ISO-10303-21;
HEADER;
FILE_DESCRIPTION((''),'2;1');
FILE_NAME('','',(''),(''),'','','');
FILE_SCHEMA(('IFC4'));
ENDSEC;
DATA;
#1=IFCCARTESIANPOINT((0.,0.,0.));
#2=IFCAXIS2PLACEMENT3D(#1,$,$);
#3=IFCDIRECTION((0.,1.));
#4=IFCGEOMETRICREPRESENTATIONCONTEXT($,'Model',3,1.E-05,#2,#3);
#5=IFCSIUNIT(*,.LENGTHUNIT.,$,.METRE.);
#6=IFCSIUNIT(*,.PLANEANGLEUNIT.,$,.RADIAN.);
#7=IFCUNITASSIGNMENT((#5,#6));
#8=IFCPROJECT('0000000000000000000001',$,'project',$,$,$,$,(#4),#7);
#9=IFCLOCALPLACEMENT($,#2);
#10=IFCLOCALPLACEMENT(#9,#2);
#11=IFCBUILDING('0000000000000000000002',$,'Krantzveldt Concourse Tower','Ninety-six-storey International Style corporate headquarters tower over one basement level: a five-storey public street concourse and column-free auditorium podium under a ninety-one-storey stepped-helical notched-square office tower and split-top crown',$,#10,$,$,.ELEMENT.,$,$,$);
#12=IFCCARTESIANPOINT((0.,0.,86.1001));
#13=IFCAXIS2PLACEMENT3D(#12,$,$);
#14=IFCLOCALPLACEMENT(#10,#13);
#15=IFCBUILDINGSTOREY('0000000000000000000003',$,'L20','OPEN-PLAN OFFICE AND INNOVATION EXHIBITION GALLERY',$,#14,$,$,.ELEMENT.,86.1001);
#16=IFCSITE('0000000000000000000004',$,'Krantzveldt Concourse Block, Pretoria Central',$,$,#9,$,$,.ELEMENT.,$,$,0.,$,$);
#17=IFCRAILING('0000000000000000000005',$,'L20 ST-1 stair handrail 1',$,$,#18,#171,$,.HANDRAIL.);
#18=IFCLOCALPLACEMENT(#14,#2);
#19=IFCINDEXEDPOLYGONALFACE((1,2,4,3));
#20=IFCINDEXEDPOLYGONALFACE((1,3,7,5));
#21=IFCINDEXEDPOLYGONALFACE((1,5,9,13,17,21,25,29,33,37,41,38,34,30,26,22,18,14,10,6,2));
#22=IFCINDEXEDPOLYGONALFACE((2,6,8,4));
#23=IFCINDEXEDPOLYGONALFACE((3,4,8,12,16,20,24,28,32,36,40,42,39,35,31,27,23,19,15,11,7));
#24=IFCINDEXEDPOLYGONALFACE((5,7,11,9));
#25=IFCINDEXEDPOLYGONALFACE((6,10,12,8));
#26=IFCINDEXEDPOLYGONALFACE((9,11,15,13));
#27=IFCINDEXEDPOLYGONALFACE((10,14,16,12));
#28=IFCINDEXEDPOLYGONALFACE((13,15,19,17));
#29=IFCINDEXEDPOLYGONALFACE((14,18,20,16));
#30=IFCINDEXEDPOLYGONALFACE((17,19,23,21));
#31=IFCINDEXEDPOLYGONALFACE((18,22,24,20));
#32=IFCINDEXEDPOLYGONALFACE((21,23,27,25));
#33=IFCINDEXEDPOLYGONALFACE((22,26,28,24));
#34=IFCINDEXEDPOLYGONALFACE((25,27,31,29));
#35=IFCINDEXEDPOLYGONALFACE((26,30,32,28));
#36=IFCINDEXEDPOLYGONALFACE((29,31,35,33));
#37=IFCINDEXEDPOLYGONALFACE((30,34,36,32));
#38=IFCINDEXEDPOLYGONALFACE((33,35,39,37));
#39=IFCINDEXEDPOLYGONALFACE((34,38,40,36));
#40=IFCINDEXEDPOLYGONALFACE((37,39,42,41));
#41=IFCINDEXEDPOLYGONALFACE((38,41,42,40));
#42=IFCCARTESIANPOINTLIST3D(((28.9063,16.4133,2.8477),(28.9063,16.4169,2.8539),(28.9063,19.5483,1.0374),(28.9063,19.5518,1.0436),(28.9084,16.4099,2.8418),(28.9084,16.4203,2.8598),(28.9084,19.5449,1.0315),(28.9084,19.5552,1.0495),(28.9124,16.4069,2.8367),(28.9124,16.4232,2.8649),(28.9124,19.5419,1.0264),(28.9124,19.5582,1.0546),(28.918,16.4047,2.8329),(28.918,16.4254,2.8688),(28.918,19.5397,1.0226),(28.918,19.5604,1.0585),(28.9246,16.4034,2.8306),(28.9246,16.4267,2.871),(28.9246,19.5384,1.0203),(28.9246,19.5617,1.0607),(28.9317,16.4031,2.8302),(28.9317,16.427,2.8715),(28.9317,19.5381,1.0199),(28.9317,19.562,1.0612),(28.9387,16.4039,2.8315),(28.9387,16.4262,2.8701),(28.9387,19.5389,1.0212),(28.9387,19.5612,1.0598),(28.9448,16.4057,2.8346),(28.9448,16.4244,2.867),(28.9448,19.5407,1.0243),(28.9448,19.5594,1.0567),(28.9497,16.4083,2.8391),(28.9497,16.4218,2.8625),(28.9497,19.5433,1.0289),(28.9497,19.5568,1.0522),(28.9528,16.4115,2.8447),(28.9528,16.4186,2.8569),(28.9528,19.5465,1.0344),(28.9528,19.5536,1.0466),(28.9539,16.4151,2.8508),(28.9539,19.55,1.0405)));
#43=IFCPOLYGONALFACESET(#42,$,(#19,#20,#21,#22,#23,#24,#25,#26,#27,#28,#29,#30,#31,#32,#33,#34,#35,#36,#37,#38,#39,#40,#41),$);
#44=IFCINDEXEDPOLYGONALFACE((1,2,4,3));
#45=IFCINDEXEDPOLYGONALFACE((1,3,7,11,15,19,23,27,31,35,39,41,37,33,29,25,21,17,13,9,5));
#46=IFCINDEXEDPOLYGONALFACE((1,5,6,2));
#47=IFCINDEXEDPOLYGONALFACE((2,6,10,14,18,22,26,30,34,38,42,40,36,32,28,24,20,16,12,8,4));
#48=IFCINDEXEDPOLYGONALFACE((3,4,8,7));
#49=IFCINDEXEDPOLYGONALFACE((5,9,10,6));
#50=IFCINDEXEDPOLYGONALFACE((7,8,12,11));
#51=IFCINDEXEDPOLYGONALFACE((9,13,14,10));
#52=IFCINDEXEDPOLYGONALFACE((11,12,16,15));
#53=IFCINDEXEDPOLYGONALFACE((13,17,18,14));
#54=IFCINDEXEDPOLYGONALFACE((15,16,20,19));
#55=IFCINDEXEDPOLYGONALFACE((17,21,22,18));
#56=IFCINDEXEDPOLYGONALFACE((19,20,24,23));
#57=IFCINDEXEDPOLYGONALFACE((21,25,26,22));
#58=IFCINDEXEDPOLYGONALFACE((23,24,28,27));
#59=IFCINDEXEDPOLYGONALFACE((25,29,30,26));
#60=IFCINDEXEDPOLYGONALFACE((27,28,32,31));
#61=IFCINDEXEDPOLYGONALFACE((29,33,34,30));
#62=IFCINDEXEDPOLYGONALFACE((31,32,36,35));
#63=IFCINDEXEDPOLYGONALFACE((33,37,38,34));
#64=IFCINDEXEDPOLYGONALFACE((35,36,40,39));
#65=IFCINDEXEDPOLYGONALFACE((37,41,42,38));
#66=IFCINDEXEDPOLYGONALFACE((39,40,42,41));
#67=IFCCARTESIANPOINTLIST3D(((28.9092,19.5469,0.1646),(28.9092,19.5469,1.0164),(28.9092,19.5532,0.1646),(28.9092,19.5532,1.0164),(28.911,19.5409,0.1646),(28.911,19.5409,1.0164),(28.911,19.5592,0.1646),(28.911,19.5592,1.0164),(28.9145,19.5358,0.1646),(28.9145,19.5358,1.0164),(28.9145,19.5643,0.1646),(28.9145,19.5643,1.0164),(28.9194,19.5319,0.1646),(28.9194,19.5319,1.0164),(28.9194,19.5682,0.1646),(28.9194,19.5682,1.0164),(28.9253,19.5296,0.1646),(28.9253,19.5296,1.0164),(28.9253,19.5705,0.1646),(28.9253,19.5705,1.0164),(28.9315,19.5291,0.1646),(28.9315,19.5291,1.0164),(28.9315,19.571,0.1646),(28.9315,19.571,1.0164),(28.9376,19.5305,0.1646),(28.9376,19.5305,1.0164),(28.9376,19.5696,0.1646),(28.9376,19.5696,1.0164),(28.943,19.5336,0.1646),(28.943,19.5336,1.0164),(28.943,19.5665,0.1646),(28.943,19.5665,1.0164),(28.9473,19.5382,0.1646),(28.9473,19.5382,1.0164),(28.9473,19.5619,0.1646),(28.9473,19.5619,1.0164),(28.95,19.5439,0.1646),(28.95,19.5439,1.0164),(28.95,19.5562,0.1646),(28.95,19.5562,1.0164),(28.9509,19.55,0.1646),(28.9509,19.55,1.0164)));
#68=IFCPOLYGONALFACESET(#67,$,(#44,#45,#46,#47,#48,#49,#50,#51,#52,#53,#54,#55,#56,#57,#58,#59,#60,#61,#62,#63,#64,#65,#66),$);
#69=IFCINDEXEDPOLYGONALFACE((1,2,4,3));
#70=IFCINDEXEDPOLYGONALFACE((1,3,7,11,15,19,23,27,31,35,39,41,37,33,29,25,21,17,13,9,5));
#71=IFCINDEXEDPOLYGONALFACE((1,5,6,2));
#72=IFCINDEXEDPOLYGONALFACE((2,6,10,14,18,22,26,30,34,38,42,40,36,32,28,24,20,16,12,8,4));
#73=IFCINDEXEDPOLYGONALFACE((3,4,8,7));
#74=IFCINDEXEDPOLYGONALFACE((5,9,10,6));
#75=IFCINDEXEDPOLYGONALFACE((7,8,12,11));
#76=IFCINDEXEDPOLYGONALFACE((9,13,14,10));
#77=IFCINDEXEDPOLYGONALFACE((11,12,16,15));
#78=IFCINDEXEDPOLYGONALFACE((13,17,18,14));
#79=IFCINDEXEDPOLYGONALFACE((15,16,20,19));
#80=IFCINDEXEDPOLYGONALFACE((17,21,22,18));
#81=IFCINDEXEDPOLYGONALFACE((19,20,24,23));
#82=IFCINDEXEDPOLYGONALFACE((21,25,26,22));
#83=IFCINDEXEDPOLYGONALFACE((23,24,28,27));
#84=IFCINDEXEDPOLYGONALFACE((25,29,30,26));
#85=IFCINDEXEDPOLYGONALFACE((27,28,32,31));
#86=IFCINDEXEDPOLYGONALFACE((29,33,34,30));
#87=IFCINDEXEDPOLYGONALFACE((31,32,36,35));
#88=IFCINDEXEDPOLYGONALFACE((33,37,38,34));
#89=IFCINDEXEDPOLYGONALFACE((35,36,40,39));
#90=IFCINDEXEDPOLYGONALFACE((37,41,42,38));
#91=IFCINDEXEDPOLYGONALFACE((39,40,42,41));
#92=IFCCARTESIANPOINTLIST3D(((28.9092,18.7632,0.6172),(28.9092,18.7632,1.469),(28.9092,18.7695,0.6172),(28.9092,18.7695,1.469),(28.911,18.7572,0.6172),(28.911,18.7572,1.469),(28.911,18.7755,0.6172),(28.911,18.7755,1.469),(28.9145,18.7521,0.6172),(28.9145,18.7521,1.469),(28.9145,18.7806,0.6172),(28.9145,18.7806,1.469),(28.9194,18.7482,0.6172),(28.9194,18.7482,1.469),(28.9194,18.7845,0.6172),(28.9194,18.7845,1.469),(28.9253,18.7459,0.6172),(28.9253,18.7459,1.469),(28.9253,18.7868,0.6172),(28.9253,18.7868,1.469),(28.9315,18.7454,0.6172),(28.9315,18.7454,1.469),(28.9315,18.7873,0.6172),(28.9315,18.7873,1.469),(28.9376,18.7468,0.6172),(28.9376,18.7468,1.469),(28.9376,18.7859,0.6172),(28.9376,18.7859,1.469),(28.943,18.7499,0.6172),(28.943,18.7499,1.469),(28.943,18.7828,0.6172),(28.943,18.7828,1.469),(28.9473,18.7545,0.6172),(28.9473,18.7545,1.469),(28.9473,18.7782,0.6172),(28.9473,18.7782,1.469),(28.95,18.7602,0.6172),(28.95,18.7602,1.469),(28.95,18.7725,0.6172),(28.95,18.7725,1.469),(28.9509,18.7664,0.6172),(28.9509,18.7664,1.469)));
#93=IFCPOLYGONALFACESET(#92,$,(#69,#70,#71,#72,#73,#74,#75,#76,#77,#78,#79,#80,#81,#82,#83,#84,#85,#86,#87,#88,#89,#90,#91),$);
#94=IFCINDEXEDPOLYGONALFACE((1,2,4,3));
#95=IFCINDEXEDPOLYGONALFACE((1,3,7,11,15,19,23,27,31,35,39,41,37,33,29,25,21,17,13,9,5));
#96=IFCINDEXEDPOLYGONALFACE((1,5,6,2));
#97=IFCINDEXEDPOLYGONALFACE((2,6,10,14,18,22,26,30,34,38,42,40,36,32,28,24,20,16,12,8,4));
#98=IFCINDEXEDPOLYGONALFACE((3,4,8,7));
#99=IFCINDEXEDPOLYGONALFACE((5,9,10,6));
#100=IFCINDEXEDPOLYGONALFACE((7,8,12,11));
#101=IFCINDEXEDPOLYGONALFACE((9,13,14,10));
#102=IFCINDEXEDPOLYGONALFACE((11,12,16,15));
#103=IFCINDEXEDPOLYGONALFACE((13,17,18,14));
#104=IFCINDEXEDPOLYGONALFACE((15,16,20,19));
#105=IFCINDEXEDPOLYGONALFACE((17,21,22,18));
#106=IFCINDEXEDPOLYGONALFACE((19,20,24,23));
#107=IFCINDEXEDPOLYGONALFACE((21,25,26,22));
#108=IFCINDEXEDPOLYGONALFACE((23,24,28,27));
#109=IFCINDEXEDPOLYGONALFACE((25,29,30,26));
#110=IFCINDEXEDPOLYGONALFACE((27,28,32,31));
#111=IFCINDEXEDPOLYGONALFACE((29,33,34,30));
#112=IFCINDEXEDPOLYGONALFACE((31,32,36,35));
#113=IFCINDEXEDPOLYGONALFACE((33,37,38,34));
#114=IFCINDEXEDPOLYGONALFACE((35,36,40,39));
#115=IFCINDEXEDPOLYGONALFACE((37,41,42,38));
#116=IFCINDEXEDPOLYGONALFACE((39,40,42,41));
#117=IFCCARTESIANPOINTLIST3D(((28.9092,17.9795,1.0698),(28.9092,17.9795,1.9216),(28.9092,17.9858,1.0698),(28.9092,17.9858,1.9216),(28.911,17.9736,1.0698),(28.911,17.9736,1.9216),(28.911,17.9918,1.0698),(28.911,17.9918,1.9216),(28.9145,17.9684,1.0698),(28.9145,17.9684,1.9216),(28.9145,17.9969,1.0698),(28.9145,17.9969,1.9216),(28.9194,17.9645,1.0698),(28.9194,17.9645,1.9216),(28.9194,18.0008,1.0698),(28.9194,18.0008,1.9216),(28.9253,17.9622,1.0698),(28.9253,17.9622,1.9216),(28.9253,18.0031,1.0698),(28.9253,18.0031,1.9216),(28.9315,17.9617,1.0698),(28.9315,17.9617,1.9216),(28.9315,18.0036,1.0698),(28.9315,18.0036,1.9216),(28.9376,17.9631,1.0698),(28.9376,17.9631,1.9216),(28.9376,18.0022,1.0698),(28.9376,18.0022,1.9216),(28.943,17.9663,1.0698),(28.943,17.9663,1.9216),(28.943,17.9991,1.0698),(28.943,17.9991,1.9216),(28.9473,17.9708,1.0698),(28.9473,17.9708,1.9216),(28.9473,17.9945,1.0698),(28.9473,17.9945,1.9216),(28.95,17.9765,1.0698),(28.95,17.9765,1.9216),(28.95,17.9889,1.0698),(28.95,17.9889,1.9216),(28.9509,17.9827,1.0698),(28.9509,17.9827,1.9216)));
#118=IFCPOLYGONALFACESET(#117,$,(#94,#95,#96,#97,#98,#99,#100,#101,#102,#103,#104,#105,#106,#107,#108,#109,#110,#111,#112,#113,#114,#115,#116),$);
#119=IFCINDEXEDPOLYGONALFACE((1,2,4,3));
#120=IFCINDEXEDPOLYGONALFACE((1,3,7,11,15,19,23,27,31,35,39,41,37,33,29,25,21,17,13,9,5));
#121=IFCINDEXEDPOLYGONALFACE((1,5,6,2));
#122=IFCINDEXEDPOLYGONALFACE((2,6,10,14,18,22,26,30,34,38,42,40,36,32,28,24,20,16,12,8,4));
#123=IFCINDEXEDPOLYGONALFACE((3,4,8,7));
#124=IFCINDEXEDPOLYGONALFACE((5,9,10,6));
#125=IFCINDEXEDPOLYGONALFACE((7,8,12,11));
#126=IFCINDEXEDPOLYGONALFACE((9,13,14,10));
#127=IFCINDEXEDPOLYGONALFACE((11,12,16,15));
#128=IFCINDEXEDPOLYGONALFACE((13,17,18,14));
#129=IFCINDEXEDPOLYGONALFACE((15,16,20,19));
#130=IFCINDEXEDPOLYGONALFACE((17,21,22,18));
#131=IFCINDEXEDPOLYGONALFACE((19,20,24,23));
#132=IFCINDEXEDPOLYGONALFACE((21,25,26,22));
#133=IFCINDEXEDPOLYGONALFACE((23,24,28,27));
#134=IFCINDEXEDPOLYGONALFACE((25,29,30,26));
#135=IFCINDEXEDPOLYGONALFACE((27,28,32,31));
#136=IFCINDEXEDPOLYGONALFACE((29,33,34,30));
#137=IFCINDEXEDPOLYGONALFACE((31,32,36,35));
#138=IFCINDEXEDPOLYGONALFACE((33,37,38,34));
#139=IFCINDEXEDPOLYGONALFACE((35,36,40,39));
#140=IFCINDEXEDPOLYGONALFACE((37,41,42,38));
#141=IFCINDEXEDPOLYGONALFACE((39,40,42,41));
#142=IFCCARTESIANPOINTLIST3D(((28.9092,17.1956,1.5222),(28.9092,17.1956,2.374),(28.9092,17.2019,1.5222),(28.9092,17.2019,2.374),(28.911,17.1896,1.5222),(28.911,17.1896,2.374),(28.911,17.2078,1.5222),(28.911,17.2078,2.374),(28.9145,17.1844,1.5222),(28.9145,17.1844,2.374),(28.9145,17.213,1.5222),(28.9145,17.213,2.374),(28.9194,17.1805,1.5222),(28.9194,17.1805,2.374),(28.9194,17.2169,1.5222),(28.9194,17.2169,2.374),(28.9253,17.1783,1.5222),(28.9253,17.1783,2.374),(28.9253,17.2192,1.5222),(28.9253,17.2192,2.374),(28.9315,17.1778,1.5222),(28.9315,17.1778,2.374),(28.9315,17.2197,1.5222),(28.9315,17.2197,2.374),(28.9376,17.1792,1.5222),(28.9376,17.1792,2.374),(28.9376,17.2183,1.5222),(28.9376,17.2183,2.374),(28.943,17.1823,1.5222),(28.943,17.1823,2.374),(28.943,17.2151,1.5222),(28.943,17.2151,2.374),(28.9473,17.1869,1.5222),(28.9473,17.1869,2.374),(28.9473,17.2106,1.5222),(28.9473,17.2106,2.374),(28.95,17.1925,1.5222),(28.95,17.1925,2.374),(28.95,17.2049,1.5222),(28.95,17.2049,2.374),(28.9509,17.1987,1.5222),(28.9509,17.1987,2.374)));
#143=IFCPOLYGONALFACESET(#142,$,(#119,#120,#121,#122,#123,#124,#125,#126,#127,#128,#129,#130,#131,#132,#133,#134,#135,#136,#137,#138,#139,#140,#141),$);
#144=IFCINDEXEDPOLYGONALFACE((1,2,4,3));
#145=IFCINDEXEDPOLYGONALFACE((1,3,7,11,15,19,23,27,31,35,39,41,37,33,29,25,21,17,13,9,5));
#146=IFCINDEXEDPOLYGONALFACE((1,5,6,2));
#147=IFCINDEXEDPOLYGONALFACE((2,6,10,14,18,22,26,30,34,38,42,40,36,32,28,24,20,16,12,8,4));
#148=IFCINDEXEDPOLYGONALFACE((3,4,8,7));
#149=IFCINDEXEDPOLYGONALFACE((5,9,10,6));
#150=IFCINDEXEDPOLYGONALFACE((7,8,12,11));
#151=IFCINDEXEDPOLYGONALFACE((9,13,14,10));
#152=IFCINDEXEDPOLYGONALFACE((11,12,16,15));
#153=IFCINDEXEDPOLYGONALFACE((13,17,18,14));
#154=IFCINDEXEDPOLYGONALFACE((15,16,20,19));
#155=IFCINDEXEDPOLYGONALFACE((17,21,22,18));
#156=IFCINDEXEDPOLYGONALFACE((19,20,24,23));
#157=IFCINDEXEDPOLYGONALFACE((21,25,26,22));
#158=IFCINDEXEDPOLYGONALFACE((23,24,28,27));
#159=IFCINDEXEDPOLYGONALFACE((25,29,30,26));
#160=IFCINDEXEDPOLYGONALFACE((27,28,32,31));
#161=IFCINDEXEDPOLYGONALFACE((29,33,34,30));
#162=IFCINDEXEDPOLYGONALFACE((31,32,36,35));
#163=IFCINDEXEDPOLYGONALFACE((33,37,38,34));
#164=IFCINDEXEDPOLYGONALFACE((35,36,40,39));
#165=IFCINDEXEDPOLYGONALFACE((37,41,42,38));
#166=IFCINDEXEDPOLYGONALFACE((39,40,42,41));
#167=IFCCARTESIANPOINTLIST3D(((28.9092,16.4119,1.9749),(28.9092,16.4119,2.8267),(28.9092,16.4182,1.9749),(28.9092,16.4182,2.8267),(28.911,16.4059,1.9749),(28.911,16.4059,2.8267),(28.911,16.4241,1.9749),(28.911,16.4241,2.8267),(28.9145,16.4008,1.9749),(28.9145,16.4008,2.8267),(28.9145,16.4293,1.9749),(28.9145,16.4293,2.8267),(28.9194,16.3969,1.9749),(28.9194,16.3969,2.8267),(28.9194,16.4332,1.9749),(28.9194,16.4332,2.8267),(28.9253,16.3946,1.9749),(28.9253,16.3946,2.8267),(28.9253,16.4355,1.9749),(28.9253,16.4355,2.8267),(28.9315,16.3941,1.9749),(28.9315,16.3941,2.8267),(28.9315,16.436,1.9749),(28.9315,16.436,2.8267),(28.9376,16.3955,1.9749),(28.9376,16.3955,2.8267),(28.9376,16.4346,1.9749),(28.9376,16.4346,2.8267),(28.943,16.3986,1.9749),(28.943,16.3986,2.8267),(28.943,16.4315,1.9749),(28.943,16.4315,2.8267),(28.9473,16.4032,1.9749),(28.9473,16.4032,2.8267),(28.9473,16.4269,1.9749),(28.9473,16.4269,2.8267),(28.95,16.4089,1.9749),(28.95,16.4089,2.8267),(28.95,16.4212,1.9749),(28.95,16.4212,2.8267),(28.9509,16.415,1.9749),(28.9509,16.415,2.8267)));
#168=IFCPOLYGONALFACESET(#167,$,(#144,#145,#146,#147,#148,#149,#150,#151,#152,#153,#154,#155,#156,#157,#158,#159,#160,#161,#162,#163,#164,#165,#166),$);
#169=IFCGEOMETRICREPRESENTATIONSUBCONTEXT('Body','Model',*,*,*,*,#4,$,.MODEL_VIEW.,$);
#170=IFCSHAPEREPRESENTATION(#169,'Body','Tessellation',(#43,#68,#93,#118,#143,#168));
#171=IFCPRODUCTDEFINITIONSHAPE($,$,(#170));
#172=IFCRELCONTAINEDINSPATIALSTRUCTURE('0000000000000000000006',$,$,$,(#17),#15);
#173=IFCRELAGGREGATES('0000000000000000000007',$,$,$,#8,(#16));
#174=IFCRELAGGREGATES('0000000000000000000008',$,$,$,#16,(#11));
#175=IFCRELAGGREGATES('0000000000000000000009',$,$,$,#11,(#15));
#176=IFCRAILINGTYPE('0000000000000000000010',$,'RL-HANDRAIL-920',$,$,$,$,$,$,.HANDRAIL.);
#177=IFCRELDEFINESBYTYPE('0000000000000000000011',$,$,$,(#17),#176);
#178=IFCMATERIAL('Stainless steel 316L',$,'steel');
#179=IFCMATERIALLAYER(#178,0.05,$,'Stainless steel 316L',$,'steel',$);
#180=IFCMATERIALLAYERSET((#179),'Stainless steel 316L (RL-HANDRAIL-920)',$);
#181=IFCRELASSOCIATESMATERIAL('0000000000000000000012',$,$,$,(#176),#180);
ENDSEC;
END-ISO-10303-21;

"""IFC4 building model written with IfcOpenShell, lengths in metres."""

from ifc_helpers import new_model, si_unit, direction, frame, origin, origin_2d, place, context, subcontext, project, spatial, circle, extrude, material, layer, layer_set, type_object, element, save


model = new_model("IFC4")

# Units and contexts
model_context = context("Model", 3, precision=1e-05, world=origin(), true_north=direction((0.0, 1.0)))
body_context = subcontext(model_context, "Body", "Model", "MODEL_VIEW")
ifc_project = project(units=[si_unit("LENGTHUNIT", "METRE"), si_unit("PLANEANGLEUNIT", "RADIAN")], contexts=[model_context])

# Site, building, storey
site_placement = place(None, origin())
site = spatial("IfcSite", under=ifc_project, at=site_placement, Name="Krantzveldt Concourse Block, Pretoria Central", CompositionType="ELEMENT", RefElevation=0.0)
building_placement = place(site_placement, origin())
building = spatial("IfcBuilding", under=site, at=building_placement, Name="Krantzveldt Concourse Tower", Description="Ninety-six-storey International Style corporate headquarters tower over one basement level: a five-storey public street concourse and column-free auditorium podium under a ninety-one-storey stepped-helical notched-square office tower and split-top crown", CompositionType="ELEMENT")
storey_placement = place(building_placement, frame((0.0, 0.0, 86.1001)))
storey = spatial("IfcBuildingStorey", under=building, at=storey_placement, Name="L20", Description="OPEN-PLAN OFFICE AND INNOVATION EXHIBITION GALLERY", CompositionType="ELEMENT", Elevation=86.1001)

# Railing
ifc_material_1 = material(Name="Stainless steel 316L", Category="steel")
ifc_layer_1 = layer(ifc_material_1, 0.05, Name="Stainless steel 316L", Category="steel")
ifc_layer_set_1 = layer_set([ifc_layer_1], Name="Stainless steel 316L (RL-HANDRAIL-920)")
railing_type_1 = type_object("IfcRailingType", Name="RL-HANDRAIL-920", PredefinedType="HANDRAIL", material=ifc_layer_set_1)
railing_1_placement = place(storey_placement, frame((28.9299, 19.55, 0.1646)))
element("IfcRailing", 1, at=railing_1_placement, inside=storey, type_object=railing_type_1, Name="L20 ST-1 stair handrail 1", PredefinedType="HANDRAIL", context=body_context, shape_type="SweptSolid", body=[
    extrude(circle(Radius=0.0239, at=origin_2d()), frame((0.0, 0.0, 0.876), z_axis=(0.0, -0.865989, 0.500063), x_axis=(1.0, 0.0, 0.0)), (0.0, 0.0, 1.0), 3.6201),
    extrude(circle(Radius=0.021, at=origin_2d()), origin(), (0.0, 0.0, 1.0), 0.8518),
    extrude(circle(Radius=0.021, at=origin_2d()), frame((0.0, -0.7837, 0.4526)), (0.0, 0.0, 1.0), 0.8518),
    extrude(circle(Radius=0.021, at=origin_2d()), frame((0.0, -1.5674, 0.9053)), (0.0, 0.0, 1.0), 0.8518),
    extrude(circle(Radius=0.021, at=origin_2d()), frame((0.0, -2.3513, 1.3577)), (0.0, 0.0, 1.0), 0.8518),
    extrude(circle(Radius=0.021, at=origin_2d()), frame((0.0, -3.135, 1.8103)), (0.0, 0.0, 1.0), 0.8518),
])

save(model, "model.ifc")
